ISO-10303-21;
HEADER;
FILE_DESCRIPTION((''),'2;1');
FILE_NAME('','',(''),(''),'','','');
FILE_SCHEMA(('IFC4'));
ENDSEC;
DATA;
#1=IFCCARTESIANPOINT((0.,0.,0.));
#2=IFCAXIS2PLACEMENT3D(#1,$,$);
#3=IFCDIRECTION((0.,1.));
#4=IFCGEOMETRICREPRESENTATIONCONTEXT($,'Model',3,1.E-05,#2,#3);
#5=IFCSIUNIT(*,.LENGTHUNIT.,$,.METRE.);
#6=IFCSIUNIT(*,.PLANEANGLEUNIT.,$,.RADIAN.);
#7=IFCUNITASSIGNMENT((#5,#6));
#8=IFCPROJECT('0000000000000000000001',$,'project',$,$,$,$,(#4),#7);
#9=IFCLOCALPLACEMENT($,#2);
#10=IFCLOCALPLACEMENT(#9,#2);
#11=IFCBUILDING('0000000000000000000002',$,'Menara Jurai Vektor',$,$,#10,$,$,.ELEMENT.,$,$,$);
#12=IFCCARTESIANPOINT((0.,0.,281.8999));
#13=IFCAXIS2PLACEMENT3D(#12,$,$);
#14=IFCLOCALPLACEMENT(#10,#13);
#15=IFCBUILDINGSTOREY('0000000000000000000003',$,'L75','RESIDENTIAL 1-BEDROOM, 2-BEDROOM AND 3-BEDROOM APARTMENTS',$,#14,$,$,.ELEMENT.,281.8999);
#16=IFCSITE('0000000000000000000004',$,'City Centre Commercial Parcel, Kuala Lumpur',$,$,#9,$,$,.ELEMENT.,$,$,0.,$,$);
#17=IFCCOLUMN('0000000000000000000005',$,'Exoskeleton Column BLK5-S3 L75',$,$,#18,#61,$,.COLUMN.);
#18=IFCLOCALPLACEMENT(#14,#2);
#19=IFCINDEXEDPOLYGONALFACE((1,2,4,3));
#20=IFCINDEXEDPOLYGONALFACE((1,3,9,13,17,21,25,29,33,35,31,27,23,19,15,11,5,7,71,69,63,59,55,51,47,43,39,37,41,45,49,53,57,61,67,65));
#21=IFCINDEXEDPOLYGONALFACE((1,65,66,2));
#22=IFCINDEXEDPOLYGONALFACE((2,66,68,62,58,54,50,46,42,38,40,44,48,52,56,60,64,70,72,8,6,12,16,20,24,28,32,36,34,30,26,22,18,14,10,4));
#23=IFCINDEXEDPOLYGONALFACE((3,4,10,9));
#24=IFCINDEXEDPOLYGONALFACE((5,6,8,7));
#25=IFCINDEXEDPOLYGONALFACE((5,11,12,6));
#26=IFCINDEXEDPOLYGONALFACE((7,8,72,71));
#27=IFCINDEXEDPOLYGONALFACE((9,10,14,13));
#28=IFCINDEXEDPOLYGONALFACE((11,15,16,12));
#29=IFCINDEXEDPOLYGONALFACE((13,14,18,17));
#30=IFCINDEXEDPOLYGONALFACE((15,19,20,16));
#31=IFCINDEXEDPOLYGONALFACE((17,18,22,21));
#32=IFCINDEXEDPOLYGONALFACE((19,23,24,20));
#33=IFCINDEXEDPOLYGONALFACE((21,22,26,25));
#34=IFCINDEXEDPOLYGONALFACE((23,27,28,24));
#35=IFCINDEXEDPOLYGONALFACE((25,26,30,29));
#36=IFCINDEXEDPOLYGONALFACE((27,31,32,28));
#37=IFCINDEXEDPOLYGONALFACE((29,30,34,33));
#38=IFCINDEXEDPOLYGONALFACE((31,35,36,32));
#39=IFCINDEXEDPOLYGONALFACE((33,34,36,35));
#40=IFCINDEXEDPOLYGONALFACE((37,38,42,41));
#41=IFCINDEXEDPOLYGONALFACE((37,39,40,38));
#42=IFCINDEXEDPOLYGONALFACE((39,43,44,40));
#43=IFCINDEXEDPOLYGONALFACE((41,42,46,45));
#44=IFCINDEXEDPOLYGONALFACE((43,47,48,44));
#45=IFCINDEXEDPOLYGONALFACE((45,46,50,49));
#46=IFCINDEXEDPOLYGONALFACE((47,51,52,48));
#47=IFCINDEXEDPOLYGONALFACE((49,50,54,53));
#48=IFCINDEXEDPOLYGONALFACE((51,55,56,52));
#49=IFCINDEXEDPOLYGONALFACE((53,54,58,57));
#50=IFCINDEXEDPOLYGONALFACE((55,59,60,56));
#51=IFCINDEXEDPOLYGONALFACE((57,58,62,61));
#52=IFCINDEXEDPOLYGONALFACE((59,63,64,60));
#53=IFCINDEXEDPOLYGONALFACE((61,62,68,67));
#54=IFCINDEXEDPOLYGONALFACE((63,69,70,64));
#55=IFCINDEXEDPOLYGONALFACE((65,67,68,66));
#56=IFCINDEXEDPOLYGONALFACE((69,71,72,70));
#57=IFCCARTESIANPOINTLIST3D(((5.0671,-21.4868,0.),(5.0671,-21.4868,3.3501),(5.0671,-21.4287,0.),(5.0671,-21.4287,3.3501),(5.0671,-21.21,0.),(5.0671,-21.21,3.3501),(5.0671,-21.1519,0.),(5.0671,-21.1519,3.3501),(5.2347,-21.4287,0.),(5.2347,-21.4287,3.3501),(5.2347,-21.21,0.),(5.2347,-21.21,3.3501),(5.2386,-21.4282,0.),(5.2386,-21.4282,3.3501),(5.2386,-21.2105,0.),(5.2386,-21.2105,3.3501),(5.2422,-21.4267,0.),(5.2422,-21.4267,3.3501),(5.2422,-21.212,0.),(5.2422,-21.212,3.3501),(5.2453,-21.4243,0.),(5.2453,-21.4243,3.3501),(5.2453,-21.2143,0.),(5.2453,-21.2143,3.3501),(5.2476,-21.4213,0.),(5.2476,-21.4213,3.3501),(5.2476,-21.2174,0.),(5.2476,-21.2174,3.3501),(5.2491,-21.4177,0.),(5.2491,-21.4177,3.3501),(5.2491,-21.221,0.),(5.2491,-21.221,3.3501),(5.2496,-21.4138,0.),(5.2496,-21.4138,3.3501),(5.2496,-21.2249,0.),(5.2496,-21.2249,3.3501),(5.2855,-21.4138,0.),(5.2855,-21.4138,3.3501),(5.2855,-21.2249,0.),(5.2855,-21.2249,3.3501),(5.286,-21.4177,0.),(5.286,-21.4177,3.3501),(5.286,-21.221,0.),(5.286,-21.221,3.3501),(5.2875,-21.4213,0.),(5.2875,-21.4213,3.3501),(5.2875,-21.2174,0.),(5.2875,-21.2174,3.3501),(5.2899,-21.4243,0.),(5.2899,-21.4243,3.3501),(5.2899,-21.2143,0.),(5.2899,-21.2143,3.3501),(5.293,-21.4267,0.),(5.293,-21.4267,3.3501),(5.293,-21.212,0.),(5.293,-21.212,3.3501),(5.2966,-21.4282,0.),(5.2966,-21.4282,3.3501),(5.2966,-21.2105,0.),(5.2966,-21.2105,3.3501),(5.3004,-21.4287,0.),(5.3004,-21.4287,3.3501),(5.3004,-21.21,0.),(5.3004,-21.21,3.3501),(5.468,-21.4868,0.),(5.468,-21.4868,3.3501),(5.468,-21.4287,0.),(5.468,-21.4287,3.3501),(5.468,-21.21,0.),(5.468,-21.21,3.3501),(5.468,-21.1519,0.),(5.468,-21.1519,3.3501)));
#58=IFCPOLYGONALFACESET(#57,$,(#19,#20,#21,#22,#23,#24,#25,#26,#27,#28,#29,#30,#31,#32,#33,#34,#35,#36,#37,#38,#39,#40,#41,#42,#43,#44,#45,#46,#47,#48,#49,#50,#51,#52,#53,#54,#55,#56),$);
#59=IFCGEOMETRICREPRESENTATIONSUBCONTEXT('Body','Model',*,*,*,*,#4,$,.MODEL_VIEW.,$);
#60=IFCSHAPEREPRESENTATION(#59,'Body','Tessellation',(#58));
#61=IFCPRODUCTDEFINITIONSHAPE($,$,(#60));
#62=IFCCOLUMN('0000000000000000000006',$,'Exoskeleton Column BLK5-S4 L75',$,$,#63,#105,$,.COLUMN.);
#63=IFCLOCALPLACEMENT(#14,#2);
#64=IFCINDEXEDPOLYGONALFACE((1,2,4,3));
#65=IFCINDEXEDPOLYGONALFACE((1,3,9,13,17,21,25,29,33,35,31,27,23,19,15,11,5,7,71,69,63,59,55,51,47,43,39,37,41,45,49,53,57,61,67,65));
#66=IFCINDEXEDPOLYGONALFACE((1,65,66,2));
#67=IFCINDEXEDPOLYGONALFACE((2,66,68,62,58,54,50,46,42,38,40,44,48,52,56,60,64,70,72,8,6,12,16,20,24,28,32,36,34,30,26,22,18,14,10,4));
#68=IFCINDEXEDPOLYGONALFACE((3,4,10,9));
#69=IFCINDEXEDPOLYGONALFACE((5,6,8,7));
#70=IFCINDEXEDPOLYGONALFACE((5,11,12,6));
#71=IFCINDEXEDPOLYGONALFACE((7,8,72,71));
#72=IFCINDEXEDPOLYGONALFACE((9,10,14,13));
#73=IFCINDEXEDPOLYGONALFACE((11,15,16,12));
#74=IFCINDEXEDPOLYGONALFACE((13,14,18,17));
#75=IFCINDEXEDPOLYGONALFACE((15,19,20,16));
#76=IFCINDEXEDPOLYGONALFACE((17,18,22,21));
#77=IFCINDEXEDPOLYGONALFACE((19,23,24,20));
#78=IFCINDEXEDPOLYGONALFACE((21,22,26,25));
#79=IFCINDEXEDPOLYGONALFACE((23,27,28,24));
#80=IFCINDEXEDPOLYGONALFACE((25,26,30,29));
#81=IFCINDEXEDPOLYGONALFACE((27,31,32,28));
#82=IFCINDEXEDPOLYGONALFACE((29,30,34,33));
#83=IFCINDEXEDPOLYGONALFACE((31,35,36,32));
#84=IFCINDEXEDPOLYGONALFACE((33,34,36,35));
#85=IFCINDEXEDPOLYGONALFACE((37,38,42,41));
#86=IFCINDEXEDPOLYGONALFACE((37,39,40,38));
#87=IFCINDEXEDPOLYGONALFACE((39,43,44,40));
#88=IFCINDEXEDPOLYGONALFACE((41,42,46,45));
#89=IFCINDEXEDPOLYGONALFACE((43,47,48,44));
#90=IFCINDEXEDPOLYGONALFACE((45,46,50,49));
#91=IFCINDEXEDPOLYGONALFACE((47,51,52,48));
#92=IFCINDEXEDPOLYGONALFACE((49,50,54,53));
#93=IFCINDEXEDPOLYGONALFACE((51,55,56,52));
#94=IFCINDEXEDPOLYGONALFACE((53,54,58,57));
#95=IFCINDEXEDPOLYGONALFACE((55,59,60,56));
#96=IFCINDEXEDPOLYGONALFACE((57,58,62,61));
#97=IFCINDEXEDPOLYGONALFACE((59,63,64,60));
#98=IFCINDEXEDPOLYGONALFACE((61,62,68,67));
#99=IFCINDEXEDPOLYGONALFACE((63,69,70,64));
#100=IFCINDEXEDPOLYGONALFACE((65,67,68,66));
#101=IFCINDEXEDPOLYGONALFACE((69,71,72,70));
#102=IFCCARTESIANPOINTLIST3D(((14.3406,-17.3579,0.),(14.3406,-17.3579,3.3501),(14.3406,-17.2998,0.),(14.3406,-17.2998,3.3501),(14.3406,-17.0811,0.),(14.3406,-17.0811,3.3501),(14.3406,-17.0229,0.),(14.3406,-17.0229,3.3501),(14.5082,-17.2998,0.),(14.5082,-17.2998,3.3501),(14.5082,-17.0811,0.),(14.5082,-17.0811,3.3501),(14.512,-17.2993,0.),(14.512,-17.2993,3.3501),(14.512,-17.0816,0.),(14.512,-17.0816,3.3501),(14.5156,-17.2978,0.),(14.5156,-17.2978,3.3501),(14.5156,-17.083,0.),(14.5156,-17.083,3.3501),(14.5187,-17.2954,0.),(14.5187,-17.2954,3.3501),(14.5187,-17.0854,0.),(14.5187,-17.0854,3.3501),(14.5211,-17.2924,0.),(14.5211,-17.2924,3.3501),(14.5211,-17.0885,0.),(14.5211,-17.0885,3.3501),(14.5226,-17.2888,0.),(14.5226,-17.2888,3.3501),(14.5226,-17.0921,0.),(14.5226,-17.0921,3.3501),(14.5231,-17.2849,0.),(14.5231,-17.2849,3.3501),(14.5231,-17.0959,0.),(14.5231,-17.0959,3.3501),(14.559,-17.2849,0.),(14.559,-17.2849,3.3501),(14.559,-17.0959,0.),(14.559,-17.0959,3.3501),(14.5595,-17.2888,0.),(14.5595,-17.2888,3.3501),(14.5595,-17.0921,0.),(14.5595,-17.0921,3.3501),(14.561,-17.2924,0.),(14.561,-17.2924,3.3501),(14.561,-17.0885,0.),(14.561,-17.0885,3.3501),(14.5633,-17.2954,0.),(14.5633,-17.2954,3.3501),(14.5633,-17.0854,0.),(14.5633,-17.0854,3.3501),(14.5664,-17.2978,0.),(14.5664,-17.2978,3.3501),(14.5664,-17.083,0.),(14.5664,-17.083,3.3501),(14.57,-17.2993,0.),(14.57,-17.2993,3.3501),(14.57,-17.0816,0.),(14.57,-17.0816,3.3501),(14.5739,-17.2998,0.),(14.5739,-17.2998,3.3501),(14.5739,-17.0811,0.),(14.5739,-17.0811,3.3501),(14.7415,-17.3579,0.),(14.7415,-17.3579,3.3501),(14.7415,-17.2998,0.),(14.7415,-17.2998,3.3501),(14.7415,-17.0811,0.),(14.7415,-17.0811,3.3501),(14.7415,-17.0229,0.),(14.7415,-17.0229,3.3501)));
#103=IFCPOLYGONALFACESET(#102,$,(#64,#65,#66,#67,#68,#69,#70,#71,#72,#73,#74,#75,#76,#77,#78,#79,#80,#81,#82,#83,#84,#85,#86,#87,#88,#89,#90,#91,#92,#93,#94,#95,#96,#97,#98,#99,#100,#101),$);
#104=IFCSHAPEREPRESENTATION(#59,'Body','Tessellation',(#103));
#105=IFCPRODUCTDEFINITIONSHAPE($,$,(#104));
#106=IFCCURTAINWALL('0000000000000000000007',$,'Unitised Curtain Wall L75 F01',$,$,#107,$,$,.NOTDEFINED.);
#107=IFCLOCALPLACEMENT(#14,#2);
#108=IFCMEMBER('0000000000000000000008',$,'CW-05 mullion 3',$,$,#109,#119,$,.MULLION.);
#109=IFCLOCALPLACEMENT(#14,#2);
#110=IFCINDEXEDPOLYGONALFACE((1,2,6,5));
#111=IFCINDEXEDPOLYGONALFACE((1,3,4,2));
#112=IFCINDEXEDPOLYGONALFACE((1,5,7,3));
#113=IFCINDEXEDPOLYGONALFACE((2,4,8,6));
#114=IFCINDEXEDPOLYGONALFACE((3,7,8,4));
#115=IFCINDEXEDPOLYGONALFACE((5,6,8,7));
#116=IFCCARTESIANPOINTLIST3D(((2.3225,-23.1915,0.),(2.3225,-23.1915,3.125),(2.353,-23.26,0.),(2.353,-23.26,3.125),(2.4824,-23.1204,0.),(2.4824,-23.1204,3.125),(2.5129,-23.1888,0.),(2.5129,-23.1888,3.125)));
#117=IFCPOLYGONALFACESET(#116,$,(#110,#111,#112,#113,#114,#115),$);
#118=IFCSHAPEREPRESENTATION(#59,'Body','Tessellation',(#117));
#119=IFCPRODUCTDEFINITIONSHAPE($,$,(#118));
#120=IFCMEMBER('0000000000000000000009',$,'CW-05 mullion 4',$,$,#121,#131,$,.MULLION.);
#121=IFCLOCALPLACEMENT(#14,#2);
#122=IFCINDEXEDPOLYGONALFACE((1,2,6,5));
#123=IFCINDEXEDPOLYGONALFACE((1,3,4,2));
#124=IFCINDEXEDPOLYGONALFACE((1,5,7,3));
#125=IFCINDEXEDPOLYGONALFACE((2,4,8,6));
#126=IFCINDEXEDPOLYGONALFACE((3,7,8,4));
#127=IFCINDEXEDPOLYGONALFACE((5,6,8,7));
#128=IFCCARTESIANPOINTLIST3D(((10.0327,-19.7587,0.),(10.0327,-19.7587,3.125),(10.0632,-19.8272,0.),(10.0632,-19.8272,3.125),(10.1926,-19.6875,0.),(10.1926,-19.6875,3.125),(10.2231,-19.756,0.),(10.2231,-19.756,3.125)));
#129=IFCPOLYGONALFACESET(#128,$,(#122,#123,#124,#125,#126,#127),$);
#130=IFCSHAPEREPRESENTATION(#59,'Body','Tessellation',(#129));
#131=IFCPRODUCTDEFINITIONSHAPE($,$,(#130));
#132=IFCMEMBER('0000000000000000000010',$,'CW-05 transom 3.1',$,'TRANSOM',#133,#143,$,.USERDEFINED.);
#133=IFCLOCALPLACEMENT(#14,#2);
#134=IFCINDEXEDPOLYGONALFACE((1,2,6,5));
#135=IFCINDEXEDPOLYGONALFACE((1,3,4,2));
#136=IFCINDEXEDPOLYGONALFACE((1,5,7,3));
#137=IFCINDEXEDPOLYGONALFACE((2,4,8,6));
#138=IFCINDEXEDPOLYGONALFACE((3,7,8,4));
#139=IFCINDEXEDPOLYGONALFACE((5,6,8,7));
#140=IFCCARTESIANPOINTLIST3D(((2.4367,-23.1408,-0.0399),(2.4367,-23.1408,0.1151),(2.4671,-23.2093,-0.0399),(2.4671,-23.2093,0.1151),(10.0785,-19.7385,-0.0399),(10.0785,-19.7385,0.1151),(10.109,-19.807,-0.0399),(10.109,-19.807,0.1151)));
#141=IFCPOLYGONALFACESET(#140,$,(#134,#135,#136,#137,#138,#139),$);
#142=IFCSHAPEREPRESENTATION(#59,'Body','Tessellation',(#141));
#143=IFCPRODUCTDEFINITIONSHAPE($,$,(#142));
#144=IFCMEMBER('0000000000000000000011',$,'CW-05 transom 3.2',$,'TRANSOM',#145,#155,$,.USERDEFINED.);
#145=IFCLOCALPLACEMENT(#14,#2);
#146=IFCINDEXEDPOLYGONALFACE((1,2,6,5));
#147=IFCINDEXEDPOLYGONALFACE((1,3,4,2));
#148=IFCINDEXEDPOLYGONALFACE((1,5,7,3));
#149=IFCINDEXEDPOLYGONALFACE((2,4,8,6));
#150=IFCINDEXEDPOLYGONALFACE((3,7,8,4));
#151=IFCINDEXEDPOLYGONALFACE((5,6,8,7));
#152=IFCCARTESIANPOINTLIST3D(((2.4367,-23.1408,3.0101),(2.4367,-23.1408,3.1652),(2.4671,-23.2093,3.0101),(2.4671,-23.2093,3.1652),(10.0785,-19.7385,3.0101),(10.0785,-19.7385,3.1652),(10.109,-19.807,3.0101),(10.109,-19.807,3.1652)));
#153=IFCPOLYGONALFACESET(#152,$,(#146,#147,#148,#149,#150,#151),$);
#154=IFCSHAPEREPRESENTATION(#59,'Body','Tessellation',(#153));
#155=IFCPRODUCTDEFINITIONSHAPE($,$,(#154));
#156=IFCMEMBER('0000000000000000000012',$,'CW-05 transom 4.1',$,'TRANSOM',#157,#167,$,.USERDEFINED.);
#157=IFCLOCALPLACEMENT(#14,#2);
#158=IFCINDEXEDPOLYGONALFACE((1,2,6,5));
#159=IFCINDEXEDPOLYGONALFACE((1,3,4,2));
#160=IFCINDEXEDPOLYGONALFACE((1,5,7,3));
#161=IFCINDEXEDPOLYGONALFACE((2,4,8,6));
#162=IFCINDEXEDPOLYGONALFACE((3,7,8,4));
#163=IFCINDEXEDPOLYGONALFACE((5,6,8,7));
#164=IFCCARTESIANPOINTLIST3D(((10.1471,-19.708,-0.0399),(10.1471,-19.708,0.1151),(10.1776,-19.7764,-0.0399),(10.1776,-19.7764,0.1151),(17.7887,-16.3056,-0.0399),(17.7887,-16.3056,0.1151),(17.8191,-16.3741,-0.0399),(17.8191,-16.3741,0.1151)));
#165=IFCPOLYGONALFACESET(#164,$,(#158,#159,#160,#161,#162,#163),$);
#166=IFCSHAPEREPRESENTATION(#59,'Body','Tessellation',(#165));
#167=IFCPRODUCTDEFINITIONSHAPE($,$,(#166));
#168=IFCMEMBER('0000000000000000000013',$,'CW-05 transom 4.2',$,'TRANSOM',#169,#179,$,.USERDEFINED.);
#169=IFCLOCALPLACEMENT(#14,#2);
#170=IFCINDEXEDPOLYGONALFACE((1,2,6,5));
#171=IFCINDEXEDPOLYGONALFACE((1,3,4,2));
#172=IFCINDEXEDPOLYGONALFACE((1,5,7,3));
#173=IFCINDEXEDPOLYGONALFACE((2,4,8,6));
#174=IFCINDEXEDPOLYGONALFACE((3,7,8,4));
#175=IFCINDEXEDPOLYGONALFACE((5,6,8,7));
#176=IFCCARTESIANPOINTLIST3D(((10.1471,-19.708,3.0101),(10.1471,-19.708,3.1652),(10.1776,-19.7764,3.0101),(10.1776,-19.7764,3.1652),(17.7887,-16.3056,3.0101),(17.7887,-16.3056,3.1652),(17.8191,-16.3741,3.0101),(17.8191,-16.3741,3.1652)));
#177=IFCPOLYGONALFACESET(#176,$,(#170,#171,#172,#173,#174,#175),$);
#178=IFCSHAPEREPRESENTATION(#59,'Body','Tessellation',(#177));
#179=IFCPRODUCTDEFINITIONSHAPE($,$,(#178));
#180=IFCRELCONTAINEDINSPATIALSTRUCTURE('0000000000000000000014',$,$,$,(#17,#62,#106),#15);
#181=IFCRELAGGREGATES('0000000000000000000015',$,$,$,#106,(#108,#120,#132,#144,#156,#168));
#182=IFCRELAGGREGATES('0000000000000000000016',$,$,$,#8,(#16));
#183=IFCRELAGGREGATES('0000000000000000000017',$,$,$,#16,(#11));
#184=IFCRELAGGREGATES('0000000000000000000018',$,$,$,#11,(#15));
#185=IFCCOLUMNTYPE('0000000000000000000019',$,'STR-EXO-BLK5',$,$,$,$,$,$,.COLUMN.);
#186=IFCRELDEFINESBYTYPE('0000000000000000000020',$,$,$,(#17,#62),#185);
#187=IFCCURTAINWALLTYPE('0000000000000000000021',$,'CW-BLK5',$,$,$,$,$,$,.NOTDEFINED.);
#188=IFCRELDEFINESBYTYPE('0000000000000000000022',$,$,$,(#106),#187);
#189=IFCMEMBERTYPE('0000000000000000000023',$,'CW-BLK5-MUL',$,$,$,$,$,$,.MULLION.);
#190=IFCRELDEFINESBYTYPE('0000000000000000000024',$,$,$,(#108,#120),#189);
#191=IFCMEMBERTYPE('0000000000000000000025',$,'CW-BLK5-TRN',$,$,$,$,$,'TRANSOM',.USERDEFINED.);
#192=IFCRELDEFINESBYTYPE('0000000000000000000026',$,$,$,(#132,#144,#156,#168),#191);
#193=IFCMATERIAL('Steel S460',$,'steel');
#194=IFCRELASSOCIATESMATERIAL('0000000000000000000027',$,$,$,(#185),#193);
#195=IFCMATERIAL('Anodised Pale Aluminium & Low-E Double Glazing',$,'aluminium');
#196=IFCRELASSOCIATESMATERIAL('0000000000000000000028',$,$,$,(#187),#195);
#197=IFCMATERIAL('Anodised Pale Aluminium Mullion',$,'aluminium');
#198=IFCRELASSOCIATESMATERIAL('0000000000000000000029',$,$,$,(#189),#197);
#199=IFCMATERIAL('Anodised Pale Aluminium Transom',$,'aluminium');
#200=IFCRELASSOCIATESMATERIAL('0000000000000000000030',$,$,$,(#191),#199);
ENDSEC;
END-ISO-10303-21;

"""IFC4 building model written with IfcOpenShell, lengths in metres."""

from ifc_helpers import new_model, si_unit, direction, frame, origin, origin_2d, place, context, subcontext, project, spatial, rectangle, i_section, extrude, material, material_profile, profile_set, type_object, element, aggregate, save


model = new_model("IFC4")

# Units and contexts
model_context = context("Model", 3, precision=1e-05, world=origin(), true_north=direction((0.0, 1.0)))
body_context = subcontext(model_context, "Body", "Model", "MODEL_VIEW")
ifc_project = project(units=[si_unit("LENGTHUNIT", "METRE"), si_unit("PLANEANGLEUNIT", "RADIAN")], contexts=[model_context])

# Site, building, storey
site_placement = place(None, origin())
site = spatial("IfcSite", under=ifc_project, at=site_placement, Name="City Centre Commercial Parcel, Kuala Lumpur", CompositionType="ELEMENT", RefElevation=0.0)
building_placement = place(site_placement, origin())
building = spatial("IfcBuilding", under=site, at=building_placement, Name="Menara Jurai Vektor", CompositionType="ELEMENT")
storey_placement = place(building_placement, frame((0.0, 0.0, 281.8999)))
storey = spatial("IfcBuildingStorey", under=building, at=storey_placement, Name="L75", Description="RESIDENTIAL 1-BEDROOM, 2-BEDROOM AND 3-BEDROOM APARTMENTS", CompositionType="ELEMENT", Elevation=281.8999)

# Columns
ifc_material_1 = material(Name="Steel S460", Category="steel")
ifc_material_profile_1 = material_profile(ifc_material_1, i_section(OverallWidth=0.4009, OverallDepth=0.335, WebThickness=0.0359, FlangeThickness=0.0581, FilletRadius=0.0149, at=origin_2d()), Name="HD 400x463")
ifc_profile_set_1 = profile_set([ifc_material_profile_1], Name="Steel S460")
column_type = type_object("IfcColumnType", Name="STR-EXO-BLK5", PredefinedType="COLUMN", material=ifc_profile_set_1)
for number, where, z_axis, x_axis, name in (
    (1, (5.2676, -21.3193, 0.0), (0.0, 0.0, 1.0), (1.0, 0.0, 0.0), "Exoskeleton Column BLK5-S3 L75"),
    (2, (14.541, -17.1904, 0.0), (0.0, 0.0, 1.0), (1.0, 0.0, 0.0), "Exoskeleton Column BLK5-S4 L75"),
):
    element("IfcColumn", number, at=place(storey_placement, frame(where, z_axis=z_axis, x_axis=x_axis)), inside=storey, type_object=column_type, Name=name, PredefinedType="COLUMN", context=body_context, shape_type="SweptSolid", body=[
        extrude(i_section(OverallWidth=0.4009, OverallDepth=0.335, WebThickness=0.0359, FlangeThickness=0.0581, FilletRadius=0.0149, at=origin_2d()), origin(), (0.0, 0.0, 1.0), 3.3501),
    ])

# Curtain wall, members
ifc_material_2 = material(Name="Anodised Pale Aluminium & Low-E Double Glazing", Category="aluminium")
curtain_wall_type = type_object("IfcCurtainWallType", Name="CW-BLK5", PredefinedType="NOTDEFINED", material=ifc_material_2)
curtain_wall_placement = place(storey_placement, origin())
curtain_wall = element("IfcCurtainWall", 3, at=curtain_wall_placement, inside=storey, type_object=curtain_wall_type, Name="Unitised Curtain Wall L75 F01", PredefinedType="NOTDEFINED")
ifc_material_3 = material(Name="Anodised Pale Aluminium Mullion", Category="aluminium")
ifc_material_profile_2 = material_profile(ifc_material_3, rectangle(XDim=0.075, YDim=0.175, at=origin_2d()), Name="ALU MUL 75x175")
ifc_profile_set_2 = profile_set([ifc_material_profile_2], Name="Anodised Pale Aluminium Mullion")
member_type_1 = type_object("IfcMemberType", Name="CW-BLK5-MUL", PredefinedType="MULLION", material=ifc_profile_set_2)
member_1_placement = place(storey_placement, frame((2.4177, -23.1902, 0.0), z_axis=(0.0, 0.0, 1.0), x_axis=(-0.406735, 0.913546, 0.0)))
member_1 = element("IfcMember", 4, at=member_1_placement, type_object=member_type_1, Name="CW-05 mullion 3", PredefinedType="MULLION", context=body_context, shape_type="SweptSolid", body=[
    extrude(rectangle(XDim=0.075, YDim=0.175, at=origin_2d()), origin(), (0.0, 0.0, 1.0), 3.125),
])
member_2_placement = place(storey_placement, frame((10.1279, -19.7573, 0.0), z_axis=(0.0, 0.0, 1.0), x_axis=(-0.406735, 0.913546, 0.0)))
member_2 = element("IfcMember", 5, at=member_2_placement, type_object=member_type_1, Name="CW-05 mullion 4", PredefinedType="MULLION", context=body_context, shape_type="SweptSolid", body=[
    extrude(rectangle(XDim=0.075, YDim=0.175, at=origin_2d()), origin(), (0.0, 0.0, 1.0), 3.125),
])
ifc_material_4 = material(Name="Anodised Pale Aluminium Transom", Category="aluminium")
ifc_material_profile_3 = material_profile(ifc_material_4, rectangle(XDim=0.075, YDim=0.155, at=origin_2d()), Name="ALU TRN 75x155")
ifc_profile_set_3 = profile_set([ifc_material_profile_3], Name="Anodised Pale Aluminium Transom")
member_type_2 = type_object("IfcMemberType", Name="CW-BLK5-TRN", ElementType="TRANSOM", PredefinedType="USERDEFINED", material=ifc_profile_set_3)
member_3_placement = place(storey_placement, frame((2.4519, -23.175, 0.0376), z_axis=(0.913547, 0.406734, 0.0), x_axis=(-0.406734, 0.913547, 0.0)))
member_3 = element("IfcMember", 6, at=member_3_placement, type_object=member_type_2, Name="CW-05 transom 3.1", ObjectType="TRANSOM", PredefinedType="USERDEFINED", context=body_context, shape_type="SweptSolid", body=[
    extrude(rectangle(XDim=0.075, YDim=0.155, at=origin_2d()), origin(), (0.0, 0.0, 1.0), 8.365),
])
member_4_placement = place(storey_placement, frame((2.4519, -23.175, 3.0876), z_axis=(0.913547, 0.406734, 0.0), x_axis=(-0.406734, 0.913547, 0.0)))
member_4 = element("IfcMember", 7, at=member_4_placement, type_object=member_type_2, Name="CW-05 transom 3.2", ObjectType="TRANSOM", PredefinedType="USERDEFINED", context=body_context, shape_type="SweptSolid", body=[
    extrude(rectangle(XDim=0.075, YDim=0.155, at=origin_2d()), origin(), (0.0, 0.0, 1.0), 8.365),
])
member_5_placement = place(storey_placement, frame((10.1624, -19.7422, 0.0376), z_axis=(0.913542, 0.406745, 0.0), x_axis=(-0.406745, 0.913542, 0.0)))
member_5 = element("IfcMember", 8, at=member_5_placement, type_object=member_type_2, Name="CW-05 transom 4.1", ObjectType="TRANSOM", PredefinedType="USERDEFINED", context=body_context, shape_type="SweptSolid", body=[
    extrude(rectangle(XDim=0.075, YDim=0.155, at=origin_2d()), origin(), (0.0, 0.0, 1.0), 8.3647),
])
member_6_placement = place(storey_placement, frame((10.1624, -19.7422, 3.0876), z_axis=(0.913542, 0.406745, 0.0), x_axis=(-0.406745, 0.913542, 0.0)))
member_6 = element("IfcMember", 9, at=member_6_placement, type_object=member_type_2, Name="CW-05 transom 4.2", ObjectType="TRANSOM", PredefinedType="USERDEFINED", context=body_context, shape_type="SweptSolid", body=[
    extrude(rectangle(XDim=0.075, YDim=0.155, at=origin_2d()), origin(), (0.0, 0.0, 1.0), 8.3647),
])

aggregate(curtain_wall, [member_1, member_2, member_3, member_4, member_5, member_6])

save(model, "model.ifc")
